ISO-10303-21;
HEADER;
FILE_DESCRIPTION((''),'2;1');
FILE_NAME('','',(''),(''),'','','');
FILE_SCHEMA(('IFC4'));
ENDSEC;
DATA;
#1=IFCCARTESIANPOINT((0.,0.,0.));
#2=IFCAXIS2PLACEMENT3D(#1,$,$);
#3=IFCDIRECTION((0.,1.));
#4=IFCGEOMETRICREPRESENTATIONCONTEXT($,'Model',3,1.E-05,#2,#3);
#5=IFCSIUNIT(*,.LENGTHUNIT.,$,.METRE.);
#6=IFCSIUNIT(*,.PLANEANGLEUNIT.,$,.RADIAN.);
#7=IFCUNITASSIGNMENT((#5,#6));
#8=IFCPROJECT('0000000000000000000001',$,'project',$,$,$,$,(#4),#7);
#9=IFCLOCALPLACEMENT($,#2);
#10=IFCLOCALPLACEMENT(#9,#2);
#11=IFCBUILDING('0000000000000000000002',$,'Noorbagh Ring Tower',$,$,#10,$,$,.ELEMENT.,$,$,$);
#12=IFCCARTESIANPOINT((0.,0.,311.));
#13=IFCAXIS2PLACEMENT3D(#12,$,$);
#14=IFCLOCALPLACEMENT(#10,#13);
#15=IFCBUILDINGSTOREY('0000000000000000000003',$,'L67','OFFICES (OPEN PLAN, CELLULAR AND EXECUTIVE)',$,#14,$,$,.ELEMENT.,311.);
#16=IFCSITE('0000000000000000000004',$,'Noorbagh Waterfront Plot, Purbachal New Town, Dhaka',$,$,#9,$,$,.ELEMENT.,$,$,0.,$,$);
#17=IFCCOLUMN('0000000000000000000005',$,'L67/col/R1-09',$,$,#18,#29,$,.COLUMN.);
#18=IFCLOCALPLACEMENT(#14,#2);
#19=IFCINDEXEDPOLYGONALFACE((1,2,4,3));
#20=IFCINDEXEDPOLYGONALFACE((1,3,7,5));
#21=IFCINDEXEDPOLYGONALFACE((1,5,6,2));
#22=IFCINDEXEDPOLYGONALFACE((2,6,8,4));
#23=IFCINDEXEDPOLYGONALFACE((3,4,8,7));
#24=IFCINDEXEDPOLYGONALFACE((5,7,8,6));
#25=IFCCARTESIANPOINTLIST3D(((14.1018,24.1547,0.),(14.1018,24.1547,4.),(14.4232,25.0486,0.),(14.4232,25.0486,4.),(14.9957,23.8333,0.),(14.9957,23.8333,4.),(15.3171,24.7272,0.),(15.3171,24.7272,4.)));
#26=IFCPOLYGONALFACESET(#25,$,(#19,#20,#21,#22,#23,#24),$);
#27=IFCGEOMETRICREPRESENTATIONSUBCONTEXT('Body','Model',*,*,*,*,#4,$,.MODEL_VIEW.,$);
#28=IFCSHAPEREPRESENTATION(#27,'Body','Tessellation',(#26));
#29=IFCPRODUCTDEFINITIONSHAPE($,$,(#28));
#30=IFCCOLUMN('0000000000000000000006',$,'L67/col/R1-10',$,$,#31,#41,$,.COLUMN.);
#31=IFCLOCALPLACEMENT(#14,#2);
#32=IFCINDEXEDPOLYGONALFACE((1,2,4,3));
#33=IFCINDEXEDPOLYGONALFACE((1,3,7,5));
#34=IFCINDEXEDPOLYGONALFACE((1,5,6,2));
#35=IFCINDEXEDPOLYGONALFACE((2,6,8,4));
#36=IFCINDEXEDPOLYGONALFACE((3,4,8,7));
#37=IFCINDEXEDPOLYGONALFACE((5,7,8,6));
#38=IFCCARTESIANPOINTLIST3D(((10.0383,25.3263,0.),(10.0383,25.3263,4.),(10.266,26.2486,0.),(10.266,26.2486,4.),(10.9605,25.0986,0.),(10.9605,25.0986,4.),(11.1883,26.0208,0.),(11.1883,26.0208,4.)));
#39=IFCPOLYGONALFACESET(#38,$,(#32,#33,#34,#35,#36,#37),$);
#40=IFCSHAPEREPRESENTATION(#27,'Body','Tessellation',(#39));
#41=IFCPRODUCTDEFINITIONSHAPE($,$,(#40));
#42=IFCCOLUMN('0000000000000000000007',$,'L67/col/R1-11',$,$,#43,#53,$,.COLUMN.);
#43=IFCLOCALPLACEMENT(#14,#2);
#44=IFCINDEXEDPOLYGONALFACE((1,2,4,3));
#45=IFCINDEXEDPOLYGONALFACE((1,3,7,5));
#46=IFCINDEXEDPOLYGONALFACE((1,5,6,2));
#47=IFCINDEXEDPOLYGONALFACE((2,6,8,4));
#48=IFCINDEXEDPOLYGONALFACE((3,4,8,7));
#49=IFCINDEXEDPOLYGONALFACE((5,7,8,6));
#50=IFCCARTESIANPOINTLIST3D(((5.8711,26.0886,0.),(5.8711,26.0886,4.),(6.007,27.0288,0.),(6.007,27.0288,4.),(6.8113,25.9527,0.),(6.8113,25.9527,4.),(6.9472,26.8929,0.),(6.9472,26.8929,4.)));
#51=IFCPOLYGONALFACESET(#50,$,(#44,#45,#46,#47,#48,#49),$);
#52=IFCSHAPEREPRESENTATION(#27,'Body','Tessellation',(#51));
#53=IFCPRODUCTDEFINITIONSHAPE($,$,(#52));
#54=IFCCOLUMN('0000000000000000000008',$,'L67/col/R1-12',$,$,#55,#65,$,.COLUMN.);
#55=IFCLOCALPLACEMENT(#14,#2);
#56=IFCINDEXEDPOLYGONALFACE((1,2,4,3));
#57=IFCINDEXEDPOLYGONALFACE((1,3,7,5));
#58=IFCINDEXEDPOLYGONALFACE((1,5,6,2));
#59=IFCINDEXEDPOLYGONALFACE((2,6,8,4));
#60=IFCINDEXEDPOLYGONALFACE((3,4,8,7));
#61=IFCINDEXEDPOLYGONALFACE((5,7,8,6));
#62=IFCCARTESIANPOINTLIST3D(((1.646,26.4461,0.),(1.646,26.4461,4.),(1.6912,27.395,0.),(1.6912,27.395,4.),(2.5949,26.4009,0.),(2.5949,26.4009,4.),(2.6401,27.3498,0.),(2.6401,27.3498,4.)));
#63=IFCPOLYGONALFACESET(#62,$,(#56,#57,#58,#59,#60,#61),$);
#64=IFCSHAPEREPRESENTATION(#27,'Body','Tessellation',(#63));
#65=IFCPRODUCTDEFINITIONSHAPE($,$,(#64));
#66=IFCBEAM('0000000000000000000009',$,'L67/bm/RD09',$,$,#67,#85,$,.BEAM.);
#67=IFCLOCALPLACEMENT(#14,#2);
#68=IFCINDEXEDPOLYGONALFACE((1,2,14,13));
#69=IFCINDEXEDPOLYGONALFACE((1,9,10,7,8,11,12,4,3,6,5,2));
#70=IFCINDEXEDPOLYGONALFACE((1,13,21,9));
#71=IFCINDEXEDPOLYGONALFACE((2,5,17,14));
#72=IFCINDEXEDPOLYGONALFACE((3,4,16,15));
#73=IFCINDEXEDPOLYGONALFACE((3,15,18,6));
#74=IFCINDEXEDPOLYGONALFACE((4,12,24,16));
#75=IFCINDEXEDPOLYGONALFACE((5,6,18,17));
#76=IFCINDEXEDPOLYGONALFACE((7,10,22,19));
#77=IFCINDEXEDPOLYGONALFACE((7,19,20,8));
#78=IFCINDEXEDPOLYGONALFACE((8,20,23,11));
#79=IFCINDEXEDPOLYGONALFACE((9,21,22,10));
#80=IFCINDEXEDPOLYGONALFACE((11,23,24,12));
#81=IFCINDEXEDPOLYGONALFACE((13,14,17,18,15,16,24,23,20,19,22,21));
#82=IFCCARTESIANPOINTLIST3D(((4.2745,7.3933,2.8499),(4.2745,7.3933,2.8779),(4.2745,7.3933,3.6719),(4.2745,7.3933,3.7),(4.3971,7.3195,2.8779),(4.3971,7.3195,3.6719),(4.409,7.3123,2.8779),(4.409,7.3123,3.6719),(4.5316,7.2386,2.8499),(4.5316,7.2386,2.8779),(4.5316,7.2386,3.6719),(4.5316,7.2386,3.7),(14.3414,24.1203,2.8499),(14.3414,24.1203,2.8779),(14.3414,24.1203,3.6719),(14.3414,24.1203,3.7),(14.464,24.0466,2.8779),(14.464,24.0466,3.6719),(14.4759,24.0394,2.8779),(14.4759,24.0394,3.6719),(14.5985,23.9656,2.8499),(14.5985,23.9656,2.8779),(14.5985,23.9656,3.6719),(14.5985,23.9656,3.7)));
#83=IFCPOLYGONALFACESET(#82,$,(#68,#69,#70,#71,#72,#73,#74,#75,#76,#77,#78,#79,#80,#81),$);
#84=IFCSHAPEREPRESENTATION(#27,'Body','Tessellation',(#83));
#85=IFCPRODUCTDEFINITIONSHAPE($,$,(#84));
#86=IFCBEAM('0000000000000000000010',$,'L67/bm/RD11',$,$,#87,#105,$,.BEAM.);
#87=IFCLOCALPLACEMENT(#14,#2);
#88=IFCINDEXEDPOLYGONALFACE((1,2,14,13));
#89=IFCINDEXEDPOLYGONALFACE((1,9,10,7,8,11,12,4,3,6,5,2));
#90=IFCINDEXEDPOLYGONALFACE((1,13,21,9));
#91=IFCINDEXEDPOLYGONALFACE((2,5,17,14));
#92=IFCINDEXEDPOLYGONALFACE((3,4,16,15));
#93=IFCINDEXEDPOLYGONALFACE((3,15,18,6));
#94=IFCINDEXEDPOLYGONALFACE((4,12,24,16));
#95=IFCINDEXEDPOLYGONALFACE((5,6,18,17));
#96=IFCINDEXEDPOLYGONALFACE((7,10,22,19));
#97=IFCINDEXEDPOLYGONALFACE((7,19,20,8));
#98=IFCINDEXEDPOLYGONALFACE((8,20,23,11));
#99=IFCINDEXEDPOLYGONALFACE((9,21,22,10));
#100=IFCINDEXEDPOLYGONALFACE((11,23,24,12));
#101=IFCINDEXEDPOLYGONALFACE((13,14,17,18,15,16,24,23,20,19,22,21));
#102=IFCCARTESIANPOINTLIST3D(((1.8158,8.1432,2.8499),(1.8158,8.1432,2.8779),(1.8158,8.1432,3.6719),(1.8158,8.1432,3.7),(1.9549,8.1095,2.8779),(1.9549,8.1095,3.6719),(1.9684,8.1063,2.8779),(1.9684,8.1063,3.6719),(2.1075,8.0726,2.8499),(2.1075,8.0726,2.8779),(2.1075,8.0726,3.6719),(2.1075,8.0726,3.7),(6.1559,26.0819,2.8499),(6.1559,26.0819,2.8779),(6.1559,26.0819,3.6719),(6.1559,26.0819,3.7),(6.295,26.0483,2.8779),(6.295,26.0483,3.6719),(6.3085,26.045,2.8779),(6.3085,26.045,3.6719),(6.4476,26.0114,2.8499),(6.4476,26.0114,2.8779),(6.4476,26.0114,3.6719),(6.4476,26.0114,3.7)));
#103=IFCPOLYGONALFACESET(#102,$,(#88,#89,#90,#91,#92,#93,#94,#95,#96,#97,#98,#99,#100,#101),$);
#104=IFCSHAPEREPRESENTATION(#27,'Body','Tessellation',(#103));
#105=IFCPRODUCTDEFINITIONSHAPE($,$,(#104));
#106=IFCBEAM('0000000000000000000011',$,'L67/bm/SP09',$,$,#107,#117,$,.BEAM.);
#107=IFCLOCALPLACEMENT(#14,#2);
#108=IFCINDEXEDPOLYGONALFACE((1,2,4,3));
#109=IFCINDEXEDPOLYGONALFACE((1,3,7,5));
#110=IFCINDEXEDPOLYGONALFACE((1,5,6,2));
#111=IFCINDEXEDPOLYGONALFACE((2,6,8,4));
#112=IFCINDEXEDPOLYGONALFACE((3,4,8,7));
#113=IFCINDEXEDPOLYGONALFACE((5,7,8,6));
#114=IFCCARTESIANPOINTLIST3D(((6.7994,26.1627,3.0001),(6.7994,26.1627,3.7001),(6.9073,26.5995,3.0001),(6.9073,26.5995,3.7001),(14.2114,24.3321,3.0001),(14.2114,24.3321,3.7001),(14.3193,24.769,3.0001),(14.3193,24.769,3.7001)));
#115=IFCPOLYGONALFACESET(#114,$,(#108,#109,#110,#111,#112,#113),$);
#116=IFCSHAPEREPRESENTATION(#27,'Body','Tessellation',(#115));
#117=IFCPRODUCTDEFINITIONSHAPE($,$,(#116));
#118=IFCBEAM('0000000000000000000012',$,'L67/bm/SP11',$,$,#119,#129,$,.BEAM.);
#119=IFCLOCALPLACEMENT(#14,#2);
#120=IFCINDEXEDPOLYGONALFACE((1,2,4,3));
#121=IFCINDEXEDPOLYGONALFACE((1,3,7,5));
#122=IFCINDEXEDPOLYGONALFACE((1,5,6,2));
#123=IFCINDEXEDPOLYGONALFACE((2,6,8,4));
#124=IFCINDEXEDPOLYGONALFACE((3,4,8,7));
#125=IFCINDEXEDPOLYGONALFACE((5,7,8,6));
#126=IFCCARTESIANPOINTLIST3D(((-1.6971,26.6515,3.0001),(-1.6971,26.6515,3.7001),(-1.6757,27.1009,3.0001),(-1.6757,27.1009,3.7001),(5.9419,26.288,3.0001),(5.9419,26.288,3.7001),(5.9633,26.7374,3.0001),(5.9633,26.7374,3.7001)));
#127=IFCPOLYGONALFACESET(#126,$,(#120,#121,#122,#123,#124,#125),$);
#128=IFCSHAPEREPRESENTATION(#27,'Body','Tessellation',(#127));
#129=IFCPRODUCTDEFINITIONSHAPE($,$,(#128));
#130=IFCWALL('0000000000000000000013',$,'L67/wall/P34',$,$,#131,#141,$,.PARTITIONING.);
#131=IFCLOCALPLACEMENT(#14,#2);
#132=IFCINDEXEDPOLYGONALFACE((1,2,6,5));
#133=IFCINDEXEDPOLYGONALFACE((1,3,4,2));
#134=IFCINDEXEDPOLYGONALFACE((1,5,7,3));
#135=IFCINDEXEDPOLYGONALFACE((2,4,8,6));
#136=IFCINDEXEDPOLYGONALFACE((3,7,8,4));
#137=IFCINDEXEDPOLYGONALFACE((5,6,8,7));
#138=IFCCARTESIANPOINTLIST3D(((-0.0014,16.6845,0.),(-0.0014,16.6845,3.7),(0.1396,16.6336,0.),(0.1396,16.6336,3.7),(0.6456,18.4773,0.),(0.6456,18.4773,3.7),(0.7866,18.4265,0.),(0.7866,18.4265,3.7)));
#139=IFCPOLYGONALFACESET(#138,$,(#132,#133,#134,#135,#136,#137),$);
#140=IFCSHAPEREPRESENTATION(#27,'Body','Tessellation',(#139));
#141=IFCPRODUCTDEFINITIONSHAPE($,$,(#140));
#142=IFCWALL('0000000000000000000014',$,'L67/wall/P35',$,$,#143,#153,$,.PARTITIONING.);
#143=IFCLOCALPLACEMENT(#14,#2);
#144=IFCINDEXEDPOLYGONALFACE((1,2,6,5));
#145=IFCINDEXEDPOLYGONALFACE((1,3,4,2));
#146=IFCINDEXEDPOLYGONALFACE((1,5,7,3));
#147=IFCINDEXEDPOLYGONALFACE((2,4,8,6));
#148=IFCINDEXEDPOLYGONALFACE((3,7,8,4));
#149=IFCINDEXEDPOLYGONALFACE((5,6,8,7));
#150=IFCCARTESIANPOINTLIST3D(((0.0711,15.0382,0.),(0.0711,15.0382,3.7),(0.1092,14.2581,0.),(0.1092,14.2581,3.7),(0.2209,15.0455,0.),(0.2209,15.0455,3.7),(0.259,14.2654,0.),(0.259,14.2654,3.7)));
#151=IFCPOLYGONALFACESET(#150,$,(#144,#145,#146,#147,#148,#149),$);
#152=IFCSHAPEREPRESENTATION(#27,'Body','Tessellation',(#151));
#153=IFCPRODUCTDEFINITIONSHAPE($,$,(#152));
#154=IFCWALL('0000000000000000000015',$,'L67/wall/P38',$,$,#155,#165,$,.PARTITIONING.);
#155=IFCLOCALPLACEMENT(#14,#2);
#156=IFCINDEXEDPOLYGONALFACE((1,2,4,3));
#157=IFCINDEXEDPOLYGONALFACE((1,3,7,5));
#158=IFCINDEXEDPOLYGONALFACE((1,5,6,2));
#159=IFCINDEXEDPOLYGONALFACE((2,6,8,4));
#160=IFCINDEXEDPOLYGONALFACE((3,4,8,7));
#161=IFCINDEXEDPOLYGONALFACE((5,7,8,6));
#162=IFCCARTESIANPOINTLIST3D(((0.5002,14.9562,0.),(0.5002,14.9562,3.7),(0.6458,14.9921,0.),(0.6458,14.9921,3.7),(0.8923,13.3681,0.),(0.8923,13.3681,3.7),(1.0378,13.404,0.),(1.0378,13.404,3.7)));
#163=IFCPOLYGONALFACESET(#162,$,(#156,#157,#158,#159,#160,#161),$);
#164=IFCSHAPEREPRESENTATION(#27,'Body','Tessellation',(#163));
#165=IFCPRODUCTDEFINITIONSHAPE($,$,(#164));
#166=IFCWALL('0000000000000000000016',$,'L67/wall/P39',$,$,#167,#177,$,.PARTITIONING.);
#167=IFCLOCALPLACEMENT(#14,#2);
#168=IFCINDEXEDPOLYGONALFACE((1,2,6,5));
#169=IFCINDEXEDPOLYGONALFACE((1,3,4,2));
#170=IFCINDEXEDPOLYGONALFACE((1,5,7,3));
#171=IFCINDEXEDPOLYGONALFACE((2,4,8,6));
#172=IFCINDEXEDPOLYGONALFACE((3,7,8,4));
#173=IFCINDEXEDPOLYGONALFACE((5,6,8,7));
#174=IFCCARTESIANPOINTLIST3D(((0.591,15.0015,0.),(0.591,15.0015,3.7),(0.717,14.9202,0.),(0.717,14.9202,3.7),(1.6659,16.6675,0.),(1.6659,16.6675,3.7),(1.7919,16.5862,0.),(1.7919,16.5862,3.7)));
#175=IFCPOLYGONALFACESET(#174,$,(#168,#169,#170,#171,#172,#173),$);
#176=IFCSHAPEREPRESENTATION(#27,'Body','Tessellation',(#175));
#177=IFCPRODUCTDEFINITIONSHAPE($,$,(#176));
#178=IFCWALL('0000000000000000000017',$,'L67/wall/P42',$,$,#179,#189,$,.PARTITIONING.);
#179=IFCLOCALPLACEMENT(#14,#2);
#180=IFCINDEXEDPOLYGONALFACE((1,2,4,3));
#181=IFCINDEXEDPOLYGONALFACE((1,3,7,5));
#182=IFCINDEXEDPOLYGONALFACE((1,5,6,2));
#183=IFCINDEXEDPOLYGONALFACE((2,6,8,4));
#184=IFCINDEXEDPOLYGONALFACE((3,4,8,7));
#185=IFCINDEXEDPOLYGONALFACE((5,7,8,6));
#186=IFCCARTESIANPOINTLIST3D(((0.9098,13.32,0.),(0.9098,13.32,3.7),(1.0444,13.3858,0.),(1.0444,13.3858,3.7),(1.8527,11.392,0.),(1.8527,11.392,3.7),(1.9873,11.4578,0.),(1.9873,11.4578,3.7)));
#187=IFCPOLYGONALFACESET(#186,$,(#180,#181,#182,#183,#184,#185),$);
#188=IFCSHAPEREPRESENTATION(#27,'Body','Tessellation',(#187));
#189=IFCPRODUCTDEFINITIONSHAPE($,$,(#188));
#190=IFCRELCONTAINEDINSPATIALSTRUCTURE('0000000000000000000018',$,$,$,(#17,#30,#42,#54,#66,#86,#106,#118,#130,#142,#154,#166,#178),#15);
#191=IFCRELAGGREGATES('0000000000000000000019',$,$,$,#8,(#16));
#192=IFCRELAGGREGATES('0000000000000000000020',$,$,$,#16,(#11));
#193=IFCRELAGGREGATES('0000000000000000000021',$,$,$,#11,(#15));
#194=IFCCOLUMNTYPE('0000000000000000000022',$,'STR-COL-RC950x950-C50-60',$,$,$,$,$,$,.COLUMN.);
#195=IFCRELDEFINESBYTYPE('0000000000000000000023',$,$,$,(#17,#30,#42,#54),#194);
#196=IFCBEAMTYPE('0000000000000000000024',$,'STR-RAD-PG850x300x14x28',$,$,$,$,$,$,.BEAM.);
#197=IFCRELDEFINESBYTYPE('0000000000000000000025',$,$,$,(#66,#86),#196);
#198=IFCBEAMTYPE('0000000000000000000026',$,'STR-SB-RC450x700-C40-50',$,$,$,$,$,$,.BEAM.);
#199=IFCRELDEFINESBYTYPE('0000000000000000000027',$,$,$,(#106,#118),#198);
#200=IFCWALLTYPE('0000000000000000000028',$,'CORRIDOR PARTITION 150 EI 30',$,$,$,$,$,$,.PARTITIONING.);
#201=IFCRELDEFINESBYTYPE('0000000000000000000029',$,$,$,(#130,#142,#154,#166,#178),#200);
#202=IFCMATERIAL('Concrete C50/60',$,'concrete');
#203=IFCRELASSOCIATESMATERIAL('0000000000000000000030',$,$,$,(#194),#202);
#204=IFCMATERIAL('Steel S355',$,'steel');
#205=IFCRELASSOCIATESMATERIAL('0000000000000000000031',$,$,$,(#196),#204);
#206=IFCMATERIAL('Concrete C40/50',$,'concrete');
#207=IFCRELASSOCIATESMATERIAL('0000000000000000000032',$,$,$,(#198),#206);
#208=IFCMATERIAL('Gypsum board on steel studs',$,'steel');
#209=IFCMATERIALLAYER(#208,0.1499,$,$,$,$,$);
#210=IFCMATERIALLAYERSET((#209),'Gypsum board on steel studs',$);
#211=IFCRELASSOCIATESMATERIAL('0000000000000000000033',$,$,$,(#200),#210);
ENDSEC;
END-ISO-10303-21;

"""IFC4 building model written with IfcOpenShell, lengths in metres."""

from ifc_helpers import new_model, si_unit, direction, frame, frame_2d, origin, origin_2d, place, context, subcontext, project, spatial, rectangle, i_section, extrude, material, layer, layer_set, material_profile, profile_set, type_object, element, save


model = new_model("IFC4")

# Units and contexts
model_context = context("Model", 3, precision=1e-05, world=origin(), true_north=direction((0.0, 1.0)))
body_context = subcontext(model_context, "Body", "Model", "MODEL_VIEW")
ifc_project = project(units=[si_unit("LENGTHUNIT", "METRE"), si_unit("PLANEANGLEUNIT", "RADIAN")], contexts=[model_context])

# Site, building, storey
site_placement = place(None, origin())
site = spatial("IfcSite", under=ifc_project, at=site_placement, Name="Noorbagh Waterfront Plot, Purbachal New Town, Dhaka", CompositionType="ELEMENT", RefElevation=0.0)
building_placement = place(site_placement, origin())
building = spatial("IfcBuilding", under=site, at=building_placement, Name="Noorbagh Ring Tower", CompositionType="ELEMENT")
storey_placement = place(building_placement, frame((0.0, 0.0, 311.0)))
storey = spatial("IfcBuildingStorey", under=building, at=storey_placement, Name="L67", Description="OFFICES (OPEN PLAN, CELLULAR AND EXECUTIVE)", CompositionType="ELEMENT", Elevation=311.0)

# Columns
ifc_material_1 = material(Name="Concrete C50/60", Category="concrete")
ifc_material_profile_1 = material_profile(ifc_material_1, rectangle(XDim=0.95, YDim=0.95, at=origin_2d()), Name="RC950x950")
ifc_profile_set_1 = profile_set([ifc_material_profile_1], Name="Concrete C50/60")
column_type = type_object("IfcColumnType", Name="STR-COL-RC950x950-C50-60", PredefinedType="COLUMN", material=ifc_profile_set_1)
for number, where, z_axis, x_axis, name in (
    (1, (14.7095, 24.4409, 0.0), (0.0, 0.0, 1.0), (-0.941025, 0.338338, 0.0), "L67/col/R1-09"),
    (2, (10.6133, 25.6736, 0.0), (0.0, 0.0, 1.0), (-0.970829, 0.239771, 0.0), "L67/col/R1-10"),
    (3, (6.4092, 26.4907, 0.0), (0.0, 0.0, 1.0), (-0.989713, 0.143066, 0.0), "L67/col/R1-11"),
    (4, (2.1431, 26.8979, 0.0), (0.0, 0.0, 1.0), (-0.998869, 0.047553, 0.0), "L67/col/R1-12"),
):
    element("IfcColumn", number, at=place(storey_placement, frame(where, z_axis=z_axis, x_axis=x_axis)), inside=storey, type_object=column_type, Name=name, PredefinedType="COLUMN", context=body_context, shape_type="SweptSolid", body=[
        extrude(rectangle(XDim=0.95, YDim=0.95, at=origin_2d()), origin(), (0.0, 0.0, 1.0), 4.0),
    ])

# Beams
ifc_material_2 = material(Name="Steel S355", Category="steel")
ifc_material_profile_2 = material_profile(ifc_material_2, i_section(OverallWidth=0.3, OverallDepth=0.8501, WebThickness=0.0139, FlangeThickness=0.0281, at=origin_2d()), Name="PG850x300x14x28")
ifc_profile_set_2 = profile_set([ifc_material_profile_2], Name="Steel S355")
beam_type_1 = type_object("IfcBeamType", Name="STR-RAD-PG850x300x14x28", PredefinedType="BEAM", material=ifc_profile_set_2)
beam_1_placement = place(storey_placement, frame((14.47, 24.043, 3.2749), z_axis=(-0.51565, -0.856799, 0.0), x_axis=(0.856799, -0.51565, 0.0)))
element("IfcBeam", 5, at=beam_1_placement, inside=storey, type_object=beam_type_1, Name="L67/bm/RD09", PredefinedType="BEAM", context=body_context, shape_type="SweptSolid", body=[
    extrude(i_section(OverallWidth=0.3, OverallDepth=0.8501, WebThickness=0.0139, FlangeThickness=0.0281, at=origin_2d()), origin(), (0.0, 0.0, 1.0), 19.5227),
])
beam_2_placement = place(storey_placement, frame((6.3018, 26.0466, 3.2749), z_axis=(-0.235155, -0.971958, 0.0), x_axis=(0.971958, -0.235155, 0.0)))
element("IfcBeam", 6, at=beam_2_placement, inside=storey, type_object=beam_type_1, Name="L67/bm/RD11", PredefinedType="BEAM", context=body_context, shape_type="SweptSolid", body=[
    extrude(i_section(OverallWidth=0.3, OverallDepth=0.8501, WebThickness=0.0139, FlangeThickness=0.0281, at=origin_2d()), origin(), (0.0, 0.0, 1.0), 18.4563),
])
ifc_material_3 = material(Name="Concrete C40/50", Category="concrete")
ifc_material_profile_3 = material_profile(ifc_material_3, rectangle(XDim=0.45, YDim=0.7, at=origin_2d()), Name="RC450x700")
ifc_profile_set_3 = profile_set([ifc_material_profile_3], Name="Concrete C40/50")
beam_type_2 = type_object("IfcBeamType", Name="STR-SB-RC450x700-C40-50", PredefinedType="BEAM", material=ifc_profile_set_3)
beam_3_placement = place(storey_placement, frame((14.2654, 24.5505, 3.3501), z_axis=(-0.970831, 0.239766, 0.0), x_axis=(-0.239766, -0.970831, 0.0)))
element("IfcBeam", 7, at=beam_3_placement, inside=storey, type_object=beam_type_2, Name="L67/bm/SP09", PredefinedType="BEAM", context=body_context, shape_type="SweptSolid", body=[
    extrude(rectangle(XDim=0.45, YDim=0.7, at=origin_2d()), origin(), (0.0, 0.0, 1.0), 7.6348),
])
beam_4_placement = place(storey_placement, frame((5.9526, 26.5127, 3.3501), z_axis=(-0.99887, 0.047533, 0.0), x_axis=(-0.047533, -0.99887, 0.0)))
element("IfcBeam", 8, at=beam_4_placement, inside=storey, type_object=beam_type_2, Name="L67/bm/SP11", PredefinedType="BEAM", context=body_context, shape_type="SweptSolid", body=[
    extrude(rectangle(XDim=0.45, YDim=0.7, at=origin_2d()), origin(), (0.0, 0.0, 1.0), 7.6477),
])

# Walls
ifc_material_4 = material(Name="Gypsum board on steel studs", Category="steel")
ifc_layer_1 = layer(ifc_material_4, 0.1499)
ifc_layer_set_1 = layer_set([ifc_layer_1], Name="Gypsum board on steel studs")
wall_type_1 = type_object("IfcWallType", Name="CORRIDOR PARTITION 150 EI 30", PredefinedType="PARTITIONING", material=ifc_layer_set_1)
wall_1_placement = place(storey_placement, frame((0.0691, 16.6589, 0.0), z_axis=(0.0, 0.0, 1.0), x_axis=(0.339418, 0.940636, 0.0)))
element("IfcWall", 9, at=wall_1_placement, inside=storey, type_object=wall_type_1, Name="L67/wall/P34", PredefinedType="PARTITIONING", context=body_context, shape_type="SweptSolid", body=[
    extrude(rectangle(XDim=1.906, YDim=0.1499, at=frame_2d((0.9531, 0.0))), origin(), (0.0, 0.0, 1.0), 3.7),
])
wall_2_placement = place(storey_placement, frame((0.146, 15.042, 0.0), z_axis=(0.0, 0.0, 1.0), x_axis=(0.048768, -0.99881, 0.0)))
element("IfcWall", 10, at=wall_2_placement, inside=storey, type_object=wall_type_1, Name="L67/wall/P35", PredefinedType="PARTITIONING", context=body_context, shape_type="SweptSolid", body=[
    extrude(rectangle(XDim=0.781, YDim=0.1499, at=frame_2d((0.3906, 0.0))), origin(), (0.0, 0.0, 1.0), 3.7),
])
wall_3_placement = place(storey_placement, frame((0.573, 14.9741, 0.0), z_axis=(0.0, 0.0, 1.0), x_axis=(0.23969, -0.970849, 0.0)))
element("IfcWall", 11, at=wall_3_placement, inside=storey, type_object=wall_type_1, Name="L67/wall/P38", PredefinedType="PARTITIONING", context=body_context, shape_type="SweptSolid", body=[
    extrude(rectangle(XDim=1.6357, YDim=0.1499, at=frame_2d((0.8179, 0.0))), origin(), (0.0, 0.0, 1.0), 3.7),
])
wall_4_placement = place(storey_placement, frame((0.6541, 14.9609, 0.0), z_axis=(0.0, 0.0, 1.0), x_axis=(0.542163, 0.840273, 0.0)))
element("IfcWall", 12, at=wall_4_placement, inside=storey, type_object=wall_type_1, Name="L67/wall/P39", PredefinedType="PARTITIONING", context=body_context, shape_type="SweptSolid", body=[
    extrude(rectangle(XDim=1.9827, YDim=0.1499, at=frame_2d((0.9912, 0.0))), origin(), (0.0, 0.0, 1.0), 3.7),
])
wall_5_placement = place(storey_placement, frame((0.9771, 13.353, 0.0), z_axis=(0.0, 0.0, 1.0), x_axis=(0.439324, -0.898328, 0.0)))
element("IfcWall", 13, at=wall_5_placement, inside=storey, type_object=wall_type_1, Name="L67/wall/P42", PredefinedType="PARTITIONING", context=body_context, shape_type="SweptSolid", body=[
    extrude(rectangle(XDim=2.1462, YDim=0.1499, at=frame_2d((1.0732, 0.0))), origin(), (0.0, 0.0, 1.0), 3.7),
])

save(model, "model.ifc")
